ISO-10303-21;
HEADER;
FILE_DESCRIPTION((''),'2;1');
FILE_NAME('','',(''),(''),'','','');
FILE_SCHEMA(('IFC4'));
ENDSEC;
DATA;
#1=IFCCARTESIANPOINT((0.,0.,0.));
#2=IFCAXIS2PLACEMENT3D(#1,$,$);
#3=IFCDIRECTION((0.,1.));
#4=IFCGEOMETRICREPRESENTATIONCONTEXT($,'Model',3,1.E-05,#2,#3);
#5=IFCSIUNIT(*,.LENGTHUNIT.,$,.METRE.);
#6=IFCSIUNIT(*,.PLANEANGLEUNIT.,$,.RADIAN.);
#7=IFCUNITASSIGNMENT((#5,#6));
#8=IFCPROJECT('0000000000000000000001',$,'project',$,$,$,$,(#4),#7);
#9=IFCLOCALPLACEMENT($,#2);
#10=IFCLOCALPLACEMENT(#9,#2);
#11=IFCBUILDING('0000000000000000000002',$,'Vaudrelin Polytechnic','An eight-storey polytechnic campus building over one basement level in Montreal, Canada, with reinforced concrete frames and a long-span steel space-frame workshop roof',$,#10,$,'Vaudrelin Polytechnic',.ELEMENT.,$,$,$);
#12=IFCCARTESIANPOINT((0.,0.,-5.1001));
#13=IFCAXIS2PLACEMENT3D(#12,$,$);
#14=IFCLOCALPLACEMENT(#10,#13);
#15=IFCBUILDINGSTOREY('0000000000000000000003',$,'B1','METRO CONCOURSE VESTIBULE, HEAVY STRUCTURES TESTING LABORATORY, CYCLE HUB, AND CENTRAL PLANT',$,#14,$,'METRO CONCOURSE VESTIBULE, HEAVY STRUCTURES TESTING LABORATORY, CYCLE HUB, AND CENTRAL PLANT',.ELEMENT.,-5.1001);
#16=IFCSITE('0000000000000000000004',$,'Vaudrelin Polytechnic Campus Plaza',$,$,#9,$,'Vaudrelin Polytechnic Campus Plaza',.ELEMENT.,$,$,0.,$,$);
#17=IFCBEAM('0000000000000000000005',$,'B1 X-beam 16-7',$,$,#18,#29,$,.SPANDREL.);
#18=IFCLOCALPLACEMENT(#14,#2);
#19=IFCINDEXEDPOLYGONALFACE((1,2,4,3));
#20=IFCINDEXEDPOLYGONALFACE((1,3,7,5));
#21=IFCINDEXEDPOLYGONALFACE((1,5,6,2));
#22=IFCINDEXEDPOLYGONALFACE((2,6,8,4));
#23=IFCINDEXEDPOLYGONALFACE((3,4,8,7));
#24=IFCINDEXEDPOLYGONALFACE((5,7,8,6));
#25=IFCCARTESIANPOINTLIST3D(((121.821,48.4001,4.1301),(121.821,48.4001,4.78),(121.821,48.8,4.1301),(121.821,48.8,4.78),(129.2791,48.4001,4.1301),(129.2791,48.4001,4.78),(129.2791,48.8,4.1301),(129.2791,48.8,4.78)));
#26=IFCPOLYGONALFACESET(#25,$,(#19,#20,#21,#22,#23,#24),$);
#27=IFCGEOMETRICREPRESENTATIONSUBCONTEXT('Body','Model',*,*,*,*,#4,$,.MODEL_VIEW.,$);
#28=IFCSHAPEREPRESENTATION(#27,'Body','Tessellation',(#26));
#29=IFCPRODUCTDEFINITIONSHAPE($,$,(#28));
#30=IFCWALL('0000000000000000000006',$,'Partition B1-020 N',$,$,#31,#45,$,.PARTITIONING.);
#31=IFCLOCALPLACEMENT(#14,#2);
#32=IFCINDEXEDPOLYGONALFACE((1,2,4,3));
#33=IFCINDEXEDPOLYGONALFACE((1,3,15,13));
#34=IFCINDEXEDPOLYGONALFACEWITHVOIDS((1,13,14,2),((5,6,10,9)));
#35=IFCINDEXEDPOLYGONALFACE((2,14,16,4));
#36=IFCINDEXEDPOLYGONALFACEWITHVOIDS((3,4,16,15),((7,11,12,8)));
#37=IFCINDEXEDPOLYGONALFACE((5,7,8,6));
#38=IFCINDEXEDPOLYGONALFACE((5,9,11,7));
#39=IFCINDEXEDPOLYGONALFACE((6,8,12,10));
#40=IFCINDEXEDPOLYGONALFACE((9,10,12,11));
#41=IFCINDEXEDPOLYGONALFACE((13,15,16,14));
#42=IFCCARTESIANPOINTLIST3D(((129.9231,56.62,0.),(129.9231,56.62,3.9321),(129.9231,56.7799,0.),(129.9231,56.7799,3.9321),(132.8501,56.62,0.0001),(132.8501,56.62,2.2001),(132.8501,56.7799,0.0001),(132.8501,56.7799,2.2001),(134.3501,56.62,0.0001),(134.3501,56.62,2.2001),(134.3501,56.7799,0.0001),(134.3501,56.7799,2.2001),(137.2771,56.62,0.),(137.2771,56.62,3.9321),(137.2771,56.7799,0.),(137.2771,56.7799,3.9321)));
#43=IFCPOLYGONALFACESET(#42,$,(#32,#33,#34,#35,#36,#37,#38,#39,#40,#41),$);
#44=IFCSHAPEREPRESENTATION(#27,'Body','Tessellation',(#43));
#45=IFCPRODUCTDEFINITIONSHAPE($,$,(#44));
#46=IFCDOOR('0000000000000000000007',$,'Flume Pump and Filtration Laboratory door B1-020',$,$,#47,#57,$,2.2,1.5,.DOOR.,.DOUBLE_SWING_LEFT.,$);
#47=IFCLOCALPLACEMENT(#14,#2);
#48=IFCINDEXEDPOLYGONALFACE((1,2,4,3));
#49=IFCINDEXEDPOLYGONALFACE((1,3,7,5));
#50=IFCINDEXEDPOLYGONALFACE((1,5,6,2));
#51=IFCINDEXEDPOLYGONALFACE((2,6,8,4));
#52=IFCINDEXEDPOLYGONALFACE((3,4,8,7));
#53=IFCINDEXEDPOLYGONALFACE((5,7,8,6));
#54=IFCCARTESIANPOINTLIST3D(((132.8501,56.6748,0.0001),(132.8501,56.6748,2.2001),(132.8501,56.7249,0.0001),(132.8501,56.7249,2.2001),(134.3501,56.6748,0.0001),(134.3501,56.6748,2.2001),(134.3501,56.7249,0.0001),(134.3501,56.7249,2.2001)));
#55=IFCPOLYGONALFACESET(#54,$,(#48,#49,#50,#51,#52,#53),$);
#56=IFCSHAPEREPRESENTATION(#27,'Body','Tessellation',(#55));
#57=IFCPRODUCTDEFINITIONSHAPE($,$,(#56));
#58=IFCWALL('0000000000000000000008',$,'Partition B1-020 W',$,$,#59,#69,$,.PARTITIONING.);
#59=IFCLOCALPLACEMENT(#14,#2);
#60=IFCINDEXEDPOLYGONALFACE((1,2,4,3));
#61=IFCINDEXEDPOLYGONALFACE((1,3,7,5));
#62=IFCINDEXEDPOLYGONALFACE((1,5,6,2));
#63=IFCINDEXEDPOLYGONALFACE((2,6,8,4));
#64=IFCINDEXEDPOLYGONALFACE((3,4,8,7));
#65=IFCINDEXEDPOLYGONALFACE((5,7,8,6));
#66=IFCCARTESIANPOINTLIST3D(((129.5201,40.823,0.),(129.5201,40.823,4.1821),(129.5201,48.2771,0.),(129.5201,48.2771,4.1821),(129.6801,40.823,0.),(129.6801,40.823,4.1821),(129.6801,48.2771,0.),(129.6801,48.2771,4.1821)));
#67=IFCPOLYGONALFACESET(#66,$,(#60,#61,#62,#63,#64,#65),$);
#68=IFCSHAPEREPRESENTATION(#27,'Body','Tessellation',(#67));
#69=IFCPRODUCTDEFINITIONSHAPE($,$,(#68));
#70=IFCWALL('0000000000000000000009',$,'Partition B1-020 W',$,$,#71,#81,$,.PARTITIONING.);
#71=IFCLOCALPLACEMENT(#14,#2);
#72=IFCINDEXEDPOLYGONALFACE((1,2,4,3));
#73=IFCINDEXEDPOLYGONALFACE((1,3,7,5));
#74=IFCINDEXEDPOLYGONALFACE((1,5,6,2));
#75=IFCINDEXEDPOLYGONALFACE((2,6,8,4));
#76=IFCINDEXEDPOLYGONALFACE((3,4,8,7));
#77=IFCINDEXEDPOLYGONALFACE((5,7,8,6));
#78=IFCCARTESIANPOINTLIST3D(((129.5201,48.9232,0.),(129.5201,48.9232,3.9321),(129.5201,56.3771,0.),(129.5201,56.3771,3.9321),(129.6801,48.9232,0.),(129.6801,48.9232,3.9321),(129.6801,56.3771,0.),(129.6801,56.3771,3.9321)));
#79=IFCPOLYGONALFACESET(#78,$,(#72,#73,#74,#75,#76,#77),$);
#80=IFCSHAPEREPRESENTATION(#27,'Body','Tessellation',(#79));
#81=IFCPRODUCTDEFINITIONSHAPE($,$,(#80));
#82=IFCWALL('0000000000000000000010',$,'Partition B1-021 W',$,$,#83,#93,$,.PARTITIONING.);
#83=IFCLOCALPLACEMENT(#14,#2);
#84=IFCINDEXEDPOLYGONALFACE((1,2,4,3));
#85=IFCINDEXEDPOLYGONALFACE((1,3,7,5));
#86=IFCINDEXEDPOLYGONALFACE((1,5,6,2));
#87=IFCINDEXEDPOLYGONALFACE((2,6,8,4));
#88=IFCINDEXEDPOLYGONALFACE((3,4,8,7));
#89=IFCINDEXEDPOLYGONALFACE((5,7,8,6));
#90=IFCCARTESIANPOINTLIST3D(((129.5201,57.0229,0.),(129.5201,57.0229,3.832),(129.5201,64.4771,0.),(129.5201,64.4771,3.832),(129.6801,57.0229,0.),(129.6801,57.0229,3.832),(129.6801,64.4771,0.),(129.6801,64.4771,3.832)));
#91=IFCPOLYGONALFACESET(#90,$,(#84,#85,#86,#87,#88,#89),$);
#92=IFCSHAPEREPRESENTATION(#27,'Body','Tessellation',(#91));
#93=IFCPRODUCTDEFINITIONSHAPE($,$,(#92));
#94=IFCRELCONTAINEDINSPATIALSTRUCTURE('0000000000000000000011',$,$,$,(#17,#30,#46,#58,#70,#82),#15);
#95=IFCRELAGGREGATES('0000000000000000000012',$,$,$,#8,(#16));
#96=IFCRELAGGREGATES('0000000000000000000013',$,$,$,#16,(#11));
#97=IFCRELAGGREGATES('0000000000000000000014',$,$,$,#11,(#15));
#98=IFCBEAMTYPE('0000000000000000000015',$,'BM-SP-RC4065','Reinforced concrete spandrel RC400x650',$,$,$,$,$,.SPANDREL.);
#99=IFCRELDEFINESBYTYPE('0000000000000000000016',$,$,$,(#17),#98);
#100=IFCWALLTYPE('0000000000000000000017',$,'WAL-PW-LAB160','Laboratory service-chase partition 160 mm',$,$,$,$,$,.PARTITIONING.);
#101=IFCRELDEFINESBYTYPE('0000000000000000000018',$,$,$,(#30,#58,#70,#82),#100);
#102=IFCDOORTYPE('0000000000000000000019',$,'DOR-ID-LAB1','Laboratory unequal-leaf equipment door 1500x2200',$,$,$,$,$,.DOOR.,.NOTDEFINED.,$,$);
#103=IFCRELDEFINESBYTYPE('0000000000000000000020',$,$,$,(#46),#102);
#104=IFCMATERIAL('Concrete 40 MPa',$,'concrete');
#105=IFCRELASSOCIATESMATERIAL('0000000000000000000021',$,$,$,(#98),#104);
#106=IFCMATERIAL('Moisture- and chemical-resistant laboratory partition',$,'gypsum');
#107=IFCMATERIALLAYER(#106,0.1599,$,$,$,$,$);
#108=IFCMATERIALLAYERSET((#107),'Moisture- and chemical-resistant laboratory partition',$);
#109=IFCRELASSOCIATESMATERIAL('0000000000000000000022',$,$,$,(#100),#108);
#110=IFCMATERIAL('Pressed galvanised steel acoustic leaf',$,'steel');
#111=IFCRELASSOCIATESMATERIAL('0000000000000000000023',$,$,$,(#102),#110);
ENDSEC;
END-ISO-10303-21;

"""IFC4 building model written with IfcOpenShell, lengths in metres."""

from ifc_helpers import new_model, si_unit, direction, frame, frame_2d, origin, origin_2d, place, context, subcontext, project, spatial, rectangle, extrude, material, layer, layer_set, material_profile, profile_set, type_object, element, fill, save


model = new_model("IFC4")

# Units and contexts
model_context = context("Model", 3, precision=1e-05, world=origin(), true_north=direction((0.0, 1.0)))
body_context = subcontext(model_context, "Body", "Model", "MODEL_VIEW")
ifc_project = project(units=[si_unit("LENGTHUNIT", "METRE"), si_unit("PLANEANGLEUNIT", "RADIAN")], contexts=[model_context])

# Site, building, storey
site_placement = place(None, origin())
site = spatial("IfcSite", under=ifc_project, at=site_placement, Name="Vaudrelin Polytechnic Campus Plaza", LongName="Vaudrelin Polytechnic Campus Plaza", CompositionType="ELEMENT", RefElevation=0.0)
building_placement = place(site_placement, origin())
building = spatial("IfcBuilding", under=site, at=building_placement, Name="Vaudrelin Polytechnic", Description="An eight-storey polytechnic campus building over one basement level in Montreal, Canada, with reinforced concrete frames and a long-span steel space-frame workshop roof", LongName="Vaudrelin Polytechnic", CompositionType="ELEMENT")
storey_placement = place(building_placement, frame((0.0, 0.0, -5.1001)))
storey = spatial("IfcBuildingStorey", under=building, at=storey_placement, Name="B1", Description="METRO CONCOURSE VESTIBULE, HEAVY STRUCTURES TESTING LABORATORY, CYCLE HUB, AND CENTRAL PLANT", LongName="METRO CONCOURSE VESTIBULE, HEAVY STRUCTURES TESTING LABORATORY, CYCLE HUB, AND CENTRAL PLANT", CompositionType="ELEMENT", Elevation=-5.1001)

# Shared definitions
ifc_material_1 = material(Name="Concrete 40 MPa", Category="concrete")

# Beam
ifc_material_profile_1 = material_profile(ifc_material_1, rectangle(XDim=0.3999, YDim=0.6499, at=origin_2d()), Name="RC400x650")
ifc_profile_set_1 = profile_set([ifc_material_profile_1], Name="Concrete 40 MPa")
beam_type_1 = type_object("IfcBeamType", Name="BM-SP-RC4065", Description="Reinforced concrete spandrel RC400x650", PredefinedType="SPANDREL", material=ifc_profile_set_1)
beam_1_placement = place(storey_placement, frame((121.821, 48.6001, 4.4551), z_axis=(1.0, 0.0, 0.0), x_axis=(0.0, 1.0, 0.0)))
element("IfcBeam", 1, at=beam_1_placement, inside=storey, type_object=beam_type_1, Name="B1 X-beam 16-7", PredefinedType="SPANDREL", context=body_context, shape_type="SweptSolid", body=[
    extrude(rectangle(XDim=0.3999, YDim=0.6499, at=origin_2d()), origin(), (0.0, 0.0, 1.0), 7.458),
])

# Wall, opening, door
ifc_material_2 = material(Name="Moisture- and chemical-resistant laboratory partition", Category="gypsum")
ifc_layer = layer(ifc_material_2, 0.1599)
ifc_layer_set = layer_set([ifc_layer], Name="Moisture- and chemical-resistant laboratory partition")
wall_type = type_object("IfcWallType", Name="WAL-PW-LAB160", Description="Laboratory service-chase partition 160 mm", PredefinedType="PARTITIONING", material=ifc_layer_set)
wall_1_placement = place(storey_placement, frame((129.9231, 56.7, 0.0), z_axis=(0.0, 0.0, 1.0), x_axis=(1.0, 0.0, 0.0)))
wall_1 = element("IfcWall", 2, at=wall_1_placement, inside=storey, type_object=wall_type, Name="Partition B1-020 N", PredefinedType="PARTITIONING", context=body_context, shape_type="SweptSolid", body=[
    extrude(rectangle(XDim=7.354, YDim=0.1599, at=frame_2d((3.677, 0.0))), origin(), (0.0, 0.0, 1.0), 3.9321),
])
opening_placement = place(wall_1_placement, frame((2.927, 0.0, 0.0)))
opening = element("IfcOpeningElement", 3, at=opening_placement, cuts=wall_1, PredefinedType="OPENING", context=body_context, shape_type="SweptSolid", body=[
    extrude(rectangle(XDim=1.5, YDim=2.2, at=frame_2d((0.75, 1.1001))), frame((0.0, 0.0898, 0.0), z_axis=(0.0, -1.0, 0.0), x_axis=(1.0, 0.0, 0.0)), (0.0, 0.0, 1.0), 0.1799),
])
ifc_material_3 = material(Name="Pressed galvanised steel acoustic leaf", Category="steel")
door_type = type_object("IfcDoorType", Name="DOR-ID-LAB1", Description="Laboratory unequal-leaf equipment door 1500x2200", OperationType="NOTDEFINED", PredefinedType="DOOR", material=ifc_material_3)
door_placement = place(opening_placement, origin())
door = element("IfcDoor", 4, at=door_placement, inside=storey, type_object=door_type, Name="Flume Pump and Filtration Laboratory door B1-020", OperationType="DOUBLE_SWING_LEFT", OverallHeight=2.2, OverallWidth=1.5, PredefinedType="DOOR", context=body_context, shape_type="SweptSolid", body=[
    extrude(rectangle(XDim=1.5, YDim=2.2, at=frame_2d((0.75, 1.1001))), frame((0.0, 0.0249, 0.0), z_axis=(0.0, -1.0, 0.0), x_axis=(1.0, 0.0, 0.0)), (0.0, 0.0, 1.0), 0.05),
])
fill(opening, door)

# Walls
wall_2_placement = place(storey_placement, frame((129.6001, 40.823, 0.0), z_axis=(0.0, 0.0, 1.0), x_axis=(0.0, 1.0, 0.0)))
element("IfcWall", 5, at=wall_2_placement, inside=storey, type_object=wall_type, Name="Partition B1-020 W", PredefinedType="PARTITIONING", context=body_context, shape_type="SweptSolid", body=[
    extrude(rectangle(XDim=7.4541, YDim=0.1599, at=frame_2d((3.7271, 0.0))), origin(), (0.0, 0.0, 1.0), 4.1821),
])
wall_3_placement = place(storey_placement, frame((129.6001, 48.9231, 0.0), z_axis=(0.0, 0.0, 1.0), x_axis=(0.0, 1.0, 0.0)))
element("IfcWall", 6, at=wall_3_placement, inside=storey, type_object=wall_type, Name="Partition B1-020 W", PredefinedType="PARTITIONING", context=body_context, shape_type="SweptSolid", body=[
    extrude(rectangle(XDim=7.4539, YDim=0.1599, at=frame_2d((3.7271, 0.0))), origin(), (0.0, 0.0, 1.0), 3.9321),
])
wall_4_placement = place(storey_placement, frame((129.6001, 57.0229, 0.0), z_axis=(0.0, 0.0, 1.0), x_axis=(0.0, 1.0, 0.0)))
element("IfcWall", 7, at=wall_4_placement, inside=storey, type_object=wall_type, Name="Partition B1-021 W", PredefinedType="PARTITIONING", context=body_context, shape_type="SweptSolid", body=[
    extrude(rectangle(XDim=7.4541, YDim=0.1599, at=frame_2d((3.7271, 0.0))), origin(), (0.0, 0.0, 1.0), 3.832),
])

save(model, "model.ifc")
